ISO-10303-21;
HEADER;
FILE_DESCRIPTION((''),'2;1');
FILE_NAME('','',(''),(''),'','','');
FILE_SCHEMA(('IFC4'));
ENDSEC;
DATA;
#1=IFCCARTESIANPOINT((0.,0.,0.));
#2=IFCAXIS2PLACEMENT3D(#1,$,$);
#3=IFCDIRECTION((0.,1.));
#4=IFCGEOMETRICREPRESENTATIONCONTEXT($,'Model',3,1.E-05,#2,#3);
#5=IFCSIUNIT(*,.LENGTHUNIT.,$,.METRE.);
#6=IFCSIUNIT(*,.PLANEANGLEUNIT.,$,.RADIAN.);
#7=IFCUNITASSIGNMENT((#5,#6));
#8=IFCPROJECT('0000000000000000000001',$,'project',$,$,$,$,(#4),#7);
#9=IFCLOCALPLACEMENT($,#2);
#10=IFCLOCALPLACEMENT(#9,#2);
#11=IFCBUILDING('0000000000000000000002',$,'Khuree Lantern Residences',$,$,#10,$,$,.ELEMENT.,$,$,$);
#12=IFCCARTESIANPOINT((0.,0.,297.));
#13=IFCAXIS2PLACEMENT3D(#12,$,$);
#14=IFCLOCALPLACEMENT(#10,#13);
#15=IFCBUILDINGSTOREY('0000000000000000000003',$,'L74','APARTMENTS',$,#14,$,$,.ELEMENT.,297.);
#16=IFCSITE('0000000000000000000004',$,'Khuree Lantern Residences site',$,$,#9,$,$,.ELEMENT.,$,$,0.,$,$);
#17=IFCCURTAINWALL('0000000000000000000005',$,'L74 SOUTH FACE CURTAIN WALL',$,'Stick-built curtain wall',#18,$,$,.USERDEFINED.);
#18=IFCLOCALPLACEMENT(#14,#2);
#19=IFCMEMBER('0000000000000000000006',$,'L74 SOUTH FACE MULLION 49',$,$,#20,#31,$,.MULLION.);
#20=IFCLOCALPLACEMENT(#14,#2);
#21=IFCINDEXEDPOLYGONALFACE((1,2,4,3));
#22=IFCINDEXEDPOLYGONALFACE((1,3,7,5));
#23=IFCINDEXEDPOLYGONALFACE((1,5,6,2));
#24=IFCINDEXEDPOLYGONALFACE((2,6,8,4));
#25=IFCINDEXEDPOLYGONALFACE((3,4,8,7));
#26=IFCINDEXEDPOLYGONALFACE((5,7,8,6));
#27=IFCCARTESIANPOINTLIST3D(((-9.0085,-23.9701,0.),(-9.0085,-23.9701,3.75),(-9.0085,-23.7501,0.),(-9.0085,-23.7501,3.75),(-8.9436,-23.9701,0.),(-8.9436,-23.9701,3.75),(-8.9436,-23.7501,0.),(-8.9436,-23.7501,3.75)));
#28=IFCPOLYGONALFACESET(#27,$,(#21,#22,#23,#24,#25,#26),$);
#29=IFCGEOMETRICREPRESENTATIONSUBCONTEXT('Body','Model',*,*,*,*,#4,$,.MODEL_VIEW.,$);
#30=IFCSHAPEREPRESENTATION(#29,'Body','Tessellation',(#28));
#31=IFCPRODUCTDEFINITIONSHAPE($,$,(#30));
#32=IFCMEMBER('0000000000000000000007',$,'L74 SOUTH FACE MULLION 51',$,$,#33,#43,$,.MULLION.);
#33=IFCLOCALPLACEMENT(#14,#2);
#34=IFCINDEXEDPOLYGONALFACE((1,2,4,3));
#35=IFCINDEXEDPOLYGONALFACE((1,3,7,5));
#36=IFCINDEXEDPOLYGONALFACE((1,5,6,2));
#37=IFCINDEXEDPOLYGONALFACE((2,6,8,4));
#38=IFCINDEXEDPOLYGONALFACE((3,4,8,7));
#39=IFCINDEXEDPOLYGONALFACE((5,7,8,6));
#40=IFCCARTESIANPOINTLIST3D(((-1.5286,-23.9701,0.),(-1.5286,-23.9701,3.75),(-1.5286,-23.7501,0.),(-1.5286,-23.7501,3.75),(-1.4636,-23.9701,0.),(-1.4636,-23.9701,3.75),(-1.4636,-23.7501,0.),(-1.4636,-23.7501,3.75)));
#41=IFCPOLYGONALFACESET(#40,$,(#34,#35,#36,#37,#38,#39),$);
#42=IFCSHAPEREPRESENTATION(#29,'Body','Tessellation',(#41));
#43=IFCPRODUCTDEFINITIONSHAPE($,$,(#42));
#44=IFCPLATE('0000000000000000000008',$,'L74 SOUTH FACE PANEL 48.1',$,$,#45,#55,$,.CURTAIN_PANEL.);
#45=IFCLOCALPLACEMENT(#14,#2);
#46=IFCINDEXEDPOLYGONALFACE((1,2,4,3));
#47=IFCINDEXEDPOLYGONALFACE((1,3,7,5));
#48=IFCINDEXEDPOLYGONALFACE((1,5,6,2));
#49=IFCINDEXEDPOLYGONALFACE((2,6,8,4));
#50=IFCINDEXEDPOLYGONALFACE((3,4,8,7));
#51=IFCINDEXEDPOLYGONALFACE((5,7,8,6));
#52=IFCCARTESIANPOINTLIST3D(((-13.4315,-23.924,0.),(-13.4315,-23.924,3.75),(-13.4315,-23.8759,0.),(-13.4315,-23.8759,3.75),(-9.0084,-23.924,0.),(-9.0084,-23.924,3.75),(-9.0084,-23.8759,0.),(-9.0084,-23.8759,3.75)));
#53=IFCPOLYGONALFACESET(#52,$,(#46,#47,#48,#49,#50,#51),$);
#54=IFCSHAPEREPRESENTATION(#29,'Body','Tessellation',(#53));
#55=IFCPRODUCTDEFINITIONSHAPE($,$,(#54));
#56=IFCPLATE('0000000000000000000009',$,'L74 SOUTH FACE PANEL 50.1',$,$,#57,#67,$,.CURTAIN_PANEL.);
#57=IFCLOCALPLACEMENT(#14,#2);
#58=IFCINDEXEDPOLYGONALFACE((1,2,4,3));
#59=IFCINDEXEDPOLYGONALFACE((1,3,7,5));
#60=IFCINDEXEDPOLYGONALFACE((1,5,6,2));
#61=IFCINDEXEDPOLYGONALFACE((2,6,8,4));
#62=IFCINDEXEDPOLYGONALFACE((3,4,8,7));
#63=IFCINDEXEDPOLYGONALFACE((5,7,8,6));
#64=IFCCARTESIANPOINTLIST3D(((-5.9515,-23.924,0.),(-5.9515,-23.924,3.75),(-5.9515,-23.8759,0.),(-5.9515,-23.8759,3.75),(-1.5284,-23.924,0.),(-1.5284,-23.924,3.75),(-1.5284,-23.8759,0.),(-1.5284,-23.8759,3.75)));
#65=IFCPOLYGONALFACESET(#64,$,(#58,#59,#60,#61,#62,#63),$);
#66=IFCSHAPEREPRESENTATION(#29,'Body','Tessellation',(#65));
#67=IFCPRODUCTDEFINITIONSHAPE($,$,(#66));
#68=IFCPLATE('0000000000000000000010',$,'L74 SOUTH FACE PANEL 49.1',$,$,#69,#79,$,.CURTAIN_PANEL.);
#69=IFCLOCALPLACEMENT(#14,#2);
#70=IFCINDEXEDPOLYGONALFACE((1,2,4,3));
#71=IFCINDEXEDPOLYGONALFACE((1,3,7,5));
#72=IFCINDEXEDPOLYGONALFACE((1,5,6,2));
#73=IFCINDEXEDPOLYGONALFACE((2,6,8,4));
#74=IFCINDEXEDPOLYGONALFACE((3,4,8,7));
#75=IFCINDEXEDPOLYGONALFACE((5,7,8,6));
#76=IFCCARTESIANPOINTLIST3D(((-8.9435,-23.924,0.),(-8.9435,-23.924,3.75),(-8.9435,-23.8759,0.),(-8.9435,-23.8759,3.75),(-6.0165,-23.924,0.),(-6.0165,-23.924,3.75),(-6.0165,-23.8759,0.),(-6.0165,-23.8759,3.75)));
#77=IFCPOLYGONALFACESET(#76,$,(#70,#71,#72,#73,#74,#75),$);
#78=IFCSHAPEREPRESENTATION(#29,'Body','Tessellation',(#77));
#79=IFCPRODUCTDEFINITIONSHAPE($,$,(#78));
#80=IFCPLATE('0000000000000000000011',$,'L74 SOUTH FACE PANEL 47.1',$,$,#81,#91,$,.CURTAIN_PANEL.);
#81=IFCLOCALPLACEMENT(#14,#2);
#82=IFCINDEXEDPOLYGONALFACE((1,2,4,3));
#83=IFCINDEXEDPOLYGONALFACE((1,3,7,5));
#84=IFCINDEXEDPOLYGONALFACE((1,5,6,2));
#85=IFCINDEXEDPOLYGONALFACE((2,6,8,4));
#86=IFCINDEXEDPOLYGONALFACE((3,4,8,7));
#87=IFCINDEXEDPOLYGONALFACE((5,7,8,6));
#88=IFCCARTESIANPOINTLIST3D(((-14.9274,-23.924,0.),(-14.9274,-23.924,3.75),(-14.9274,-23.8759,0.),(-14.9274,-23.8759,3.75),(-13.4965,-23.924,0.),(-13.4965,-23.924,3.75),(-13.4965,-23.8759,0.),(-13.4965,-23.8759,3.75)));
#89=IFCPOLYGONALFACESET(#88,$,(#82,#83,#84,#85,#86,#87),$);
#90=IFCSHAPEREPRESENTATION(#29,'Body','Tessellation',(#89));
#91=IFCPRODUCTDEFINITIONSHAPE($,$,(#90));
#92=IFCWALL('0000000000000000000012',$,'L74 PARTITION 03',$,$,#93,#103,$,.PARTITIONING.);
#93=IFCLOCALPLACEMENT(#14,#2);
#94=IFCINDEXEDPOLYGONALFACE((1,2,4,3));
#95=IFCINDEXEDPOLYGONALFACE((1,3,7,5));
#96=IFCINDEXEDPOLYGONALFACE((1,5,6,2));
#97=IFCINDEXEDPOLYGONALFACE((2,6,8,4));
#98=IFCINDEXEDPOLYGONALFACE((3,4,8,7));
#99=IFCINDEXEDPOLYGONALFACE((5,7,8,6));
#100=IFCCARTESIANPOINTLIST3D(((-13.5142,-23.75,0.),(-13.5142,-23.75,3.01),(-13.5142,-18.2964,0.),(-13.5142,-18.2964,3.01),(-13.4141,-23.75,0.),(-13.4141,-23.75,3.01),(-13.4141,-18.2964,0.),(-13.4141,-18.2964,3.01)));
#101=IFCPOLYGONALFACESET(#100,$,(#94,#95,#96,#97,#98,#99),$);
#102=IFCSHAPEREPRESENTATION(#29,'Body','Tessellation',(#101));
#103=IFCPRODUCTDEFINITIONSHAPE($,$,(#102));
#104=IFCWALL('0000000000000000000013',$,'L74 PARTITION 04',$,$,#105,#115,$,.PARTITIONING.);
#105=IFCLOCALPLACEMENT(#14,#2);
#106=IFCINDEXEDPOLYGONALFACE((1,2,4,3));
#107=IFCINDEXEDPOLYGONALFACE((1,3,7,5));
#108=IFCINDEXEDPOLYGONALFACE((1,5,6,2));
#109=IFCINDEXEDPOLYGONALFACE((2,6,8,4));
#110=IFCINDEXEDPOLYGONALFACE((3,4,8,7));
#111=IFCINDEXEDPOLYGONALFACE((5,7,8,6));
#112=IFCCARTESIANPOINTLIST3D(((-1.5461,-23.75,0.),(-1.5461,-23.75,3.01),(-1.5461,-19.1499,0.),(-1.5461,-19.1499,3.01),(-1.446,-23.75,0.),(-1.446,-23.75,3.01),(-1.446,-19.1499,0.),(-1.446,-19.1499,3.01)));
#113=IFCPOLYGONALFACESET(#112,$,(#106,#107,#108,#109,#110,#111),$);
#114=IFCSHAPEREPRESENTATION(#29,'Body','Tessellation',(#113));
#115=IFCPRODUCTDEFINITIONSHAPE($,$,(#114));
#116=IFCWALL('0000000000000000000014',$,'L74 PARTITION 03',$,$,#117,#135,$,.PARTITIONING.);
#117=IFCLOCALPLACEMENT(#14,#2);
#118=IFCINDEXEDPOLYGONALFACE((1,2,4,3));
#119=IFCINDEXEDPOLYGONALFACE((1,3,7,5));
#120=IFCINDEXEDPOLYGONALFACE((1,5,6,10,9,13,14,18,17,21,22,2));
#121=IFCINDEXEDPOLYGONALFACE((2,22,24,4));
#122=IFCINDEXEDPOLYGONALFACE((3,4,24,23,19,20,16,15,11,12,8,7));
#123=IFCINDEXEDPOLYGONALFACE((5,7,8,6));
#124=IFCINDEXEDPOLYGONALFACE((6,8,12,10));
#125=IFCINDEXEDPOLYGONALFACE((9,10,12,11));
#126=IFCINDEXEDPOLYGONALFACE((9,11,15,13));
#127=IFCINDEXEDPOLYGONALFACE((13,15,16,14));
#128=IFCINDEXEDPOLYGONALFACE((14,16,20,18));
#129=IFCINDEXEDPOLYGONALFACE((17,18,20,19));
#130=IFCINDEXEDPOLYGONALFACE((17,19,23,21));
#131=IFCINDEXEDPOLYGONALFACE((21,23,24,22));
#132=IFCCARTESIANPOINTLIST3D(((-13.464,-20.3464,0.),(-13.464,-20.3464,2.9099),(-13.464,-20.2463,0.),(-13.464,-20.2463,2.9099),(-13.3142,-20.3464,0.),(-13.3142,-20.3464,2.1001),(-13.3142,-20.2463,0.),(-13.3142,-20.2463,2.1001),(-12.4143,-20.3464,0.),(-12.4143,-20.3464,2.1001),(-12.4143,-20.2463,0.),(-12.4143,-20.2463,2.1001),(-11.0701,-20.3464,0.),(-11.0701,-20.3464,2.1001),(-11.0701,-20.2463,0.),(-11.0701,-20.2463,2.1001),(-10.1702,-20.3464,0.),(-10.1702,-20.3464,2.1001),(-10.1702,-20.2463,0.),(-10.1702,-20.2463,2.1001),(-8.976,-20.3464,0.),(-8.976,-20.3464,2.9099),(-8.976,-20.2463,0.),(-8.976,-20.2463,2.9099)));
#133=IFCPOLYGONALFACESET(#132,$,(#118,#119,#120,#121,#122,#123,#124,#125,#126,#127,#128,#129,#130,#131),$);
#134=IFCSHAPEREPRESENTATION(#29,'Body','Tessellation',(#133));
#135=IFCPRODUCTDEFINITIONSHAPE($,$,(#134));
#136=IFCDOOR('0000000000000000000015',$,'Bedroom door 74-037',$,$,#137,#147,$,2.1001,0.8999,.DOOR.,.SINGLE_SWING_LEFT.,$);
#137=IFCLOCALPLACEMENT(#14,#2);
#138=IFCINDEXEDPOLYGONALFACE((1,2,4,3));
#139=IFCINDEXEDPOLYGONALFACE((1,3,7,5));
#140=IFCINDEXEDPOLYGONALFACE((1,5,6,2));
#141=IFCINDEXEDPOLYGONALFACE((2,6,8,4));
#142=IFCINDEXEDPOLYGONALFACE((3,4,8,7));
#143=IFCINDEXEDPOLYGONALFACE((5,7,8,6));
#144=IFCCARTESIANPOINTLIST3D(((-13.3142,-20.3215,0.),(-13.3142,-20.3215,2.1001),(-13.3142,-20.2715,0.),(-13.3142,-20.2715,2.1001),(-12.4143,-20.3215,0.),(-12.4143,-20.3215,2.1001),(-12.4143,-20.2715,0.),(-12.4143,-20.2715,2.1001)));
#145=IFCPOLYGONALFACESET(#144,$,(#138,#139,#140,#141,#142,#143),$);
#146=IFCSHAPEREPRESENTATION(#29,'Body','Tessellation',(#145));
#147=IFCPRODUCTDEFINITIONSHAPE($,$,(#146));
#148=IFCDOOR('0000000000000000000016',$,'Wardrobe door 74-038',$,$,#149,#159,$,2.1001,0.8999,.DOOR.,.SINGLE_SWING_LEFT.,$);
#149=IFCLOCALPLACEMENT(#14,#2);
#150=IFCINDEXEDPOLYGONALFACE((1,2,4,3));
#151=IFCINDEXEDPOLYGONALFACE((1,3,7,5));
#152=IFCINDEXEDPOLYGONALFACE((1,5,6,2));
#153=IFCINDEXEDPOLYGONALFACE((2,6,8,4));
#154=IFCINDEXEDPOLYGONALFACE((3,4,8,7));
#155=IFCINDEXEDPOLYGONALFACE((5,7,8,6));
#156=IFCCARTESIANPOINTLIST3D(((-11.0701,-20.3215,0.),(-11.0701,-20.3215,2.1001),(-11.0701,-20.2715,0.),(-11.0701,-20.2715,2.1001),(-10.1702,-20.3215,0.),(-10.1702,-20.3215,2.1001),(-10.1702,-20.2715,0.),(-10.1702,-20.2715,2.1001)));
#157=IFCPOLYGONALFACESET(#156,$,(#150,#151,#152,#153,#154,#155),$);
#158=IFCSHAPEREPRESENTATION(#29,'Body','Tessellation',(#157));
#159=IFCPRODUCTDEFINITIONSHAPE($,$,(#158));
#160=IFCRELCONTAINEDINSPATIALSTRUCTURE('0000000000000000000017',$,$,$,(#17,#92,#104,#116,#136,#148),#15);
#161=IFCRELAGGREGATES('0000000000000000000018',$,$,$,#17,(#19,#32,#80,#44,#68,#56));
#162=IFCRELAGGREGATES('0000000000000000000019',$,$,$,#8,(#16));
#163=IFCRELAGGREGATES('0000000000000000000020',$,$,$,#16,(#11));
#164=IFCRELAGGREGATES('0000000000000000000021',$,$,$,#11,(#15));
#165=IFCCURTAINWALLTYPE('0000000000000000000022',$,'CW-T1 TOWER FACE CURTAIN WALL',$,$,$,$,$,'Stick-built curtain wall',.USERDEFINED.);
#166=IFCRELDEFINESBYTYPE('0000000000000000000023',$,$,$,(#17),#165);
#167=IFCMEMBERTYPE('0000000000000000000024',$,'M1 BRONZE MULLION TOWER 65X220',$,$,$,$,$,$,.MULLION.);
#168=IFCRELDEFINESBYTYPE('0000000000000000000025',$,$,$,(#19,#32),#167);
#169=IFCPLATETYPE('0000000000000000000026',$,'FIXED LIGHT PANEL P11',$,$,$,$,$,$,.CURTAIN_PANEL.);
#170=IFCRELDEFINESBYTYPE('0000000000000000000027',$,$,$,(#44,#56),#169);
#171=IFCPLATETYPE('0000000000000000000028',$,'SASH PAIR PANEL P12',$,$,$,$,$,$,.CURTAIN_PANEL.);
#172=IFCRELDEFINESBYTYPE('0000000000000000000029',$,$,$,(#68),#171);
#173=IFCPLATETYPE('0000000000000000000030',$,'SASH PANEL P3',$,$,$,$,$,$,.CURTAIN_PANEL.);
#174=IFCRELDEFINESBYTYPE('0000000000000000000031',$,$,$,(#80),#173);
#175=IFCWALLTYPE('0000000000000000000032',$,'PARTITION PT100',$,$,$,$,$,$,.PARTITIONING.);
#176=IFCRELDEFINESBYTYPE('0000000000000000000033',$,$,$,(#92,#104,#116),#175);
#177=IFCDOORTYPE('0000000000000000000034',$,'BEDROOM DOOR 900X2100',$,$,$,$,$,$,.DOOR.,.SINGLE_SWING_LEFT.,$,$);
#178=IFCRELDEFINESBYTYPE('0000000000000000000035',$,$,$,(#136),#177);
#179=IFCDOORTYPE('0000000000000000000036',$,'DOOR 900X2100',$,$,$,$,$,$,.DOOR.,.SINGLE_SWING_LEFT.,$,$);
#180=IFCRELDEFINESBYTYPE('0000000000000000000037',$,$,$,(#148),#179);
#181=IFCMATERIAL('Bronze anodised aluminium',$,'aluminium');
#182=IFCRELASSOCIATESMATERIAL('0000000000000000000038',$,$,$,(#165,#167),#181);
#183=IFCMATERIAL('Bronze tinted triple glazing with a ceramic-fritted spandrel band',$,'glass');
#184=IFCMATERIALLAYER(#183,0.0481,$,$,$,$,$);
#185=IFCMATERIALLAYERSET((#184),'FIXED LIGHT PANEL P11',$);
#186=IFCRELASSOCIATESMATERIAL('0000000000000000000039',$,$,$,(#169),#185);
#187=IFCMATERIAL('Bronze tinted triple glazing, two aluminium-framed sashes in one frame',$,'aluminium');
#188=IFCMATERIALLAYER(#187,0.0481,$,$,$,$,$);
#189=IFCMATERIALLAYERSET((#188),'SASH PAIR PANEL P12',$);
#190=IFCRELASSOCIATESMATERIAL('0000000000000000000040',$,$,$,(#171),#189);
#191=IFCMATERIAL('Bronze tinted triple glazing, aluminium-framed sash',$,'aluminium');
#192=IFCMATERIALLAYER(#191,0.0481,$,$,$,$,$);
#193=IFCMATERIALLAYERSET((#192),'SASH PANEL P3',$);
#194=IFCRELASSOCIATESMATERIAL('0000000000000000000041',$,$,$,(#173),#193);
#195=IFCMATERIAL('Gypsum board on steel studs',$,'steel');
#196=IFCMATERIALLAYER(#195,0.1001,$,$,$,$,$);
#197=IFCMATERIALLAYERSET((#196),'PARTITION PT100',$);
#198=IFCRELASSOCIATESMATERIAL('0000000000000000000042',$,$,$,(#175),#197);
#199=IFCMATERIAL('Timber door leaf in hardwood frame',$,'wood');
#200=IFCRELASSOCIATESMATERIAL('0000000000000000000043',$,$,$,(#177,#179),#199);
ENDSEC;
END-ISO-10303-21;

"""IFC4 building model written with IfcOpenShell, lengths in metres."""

from ifc_helpers import new_model, si_unit, direction, frame, frame_2d, origin, origin_2d, place, context, subcontext, project, spatial, rectangle, extrude, material, layer, layer_set, material_profile, profile_set, type_object, element, fill, aggregate, save


model = new_model("IFC4")

# Units and contexts
model_context = context("Model", 3, precision=1e-05, world=origin(), true_north=direction((0.0, 1.0)))
body_context = subcontext(model_context, "Body", "Model", "MODEL_VIEW")
ifc_project = project(units=[si_unit("LENGTHUNIT", "METRE"), si_unit("PLANEANGLEUNIT", "RADIAN")], contexts=[model_context])

# Site, building, storey
site_placement = place(None, origin())
site = spatial("IfcSite", under=ifc_project, at=site_placement, Name="Khuree Lantern Residences site", CompositionType="ELEMENT", RefElevation=0.0)
building_placement = place(site_placement, origin())
building = spatial("IfcBuilding", under=site, at=building_placement, Name="Khuree Lantern Residences", CompositionType="ELEMENT")
storey_placement = place(building_placement, frame((0.0, 0.0, 297.0)))
storey = spatial("IfcBuildingStorey", under=building, at=storey_placement, Name="L74", Description="APARTMENTS", CompositionType="ELEMENT", Elevation=297.0)

# Curtain wall
ifc_material_1 = material(Name="Bronze anodised aluminium", Category="aluminium")
curtain_wall_type = type_object("IfcCurtainWallType", Name="CW-T1 TOWER FACE CURTAIN WALL", ElementType="Stick-built curtain wall", PredefinedType="USERDEFINED", material=ifc_material_1)
curtain_wall_placement = place(storey_placement, origin())
curtain_wall = element("IfcCurtainWall", 1, at=curtain_wall_placement, inside=storey, type_object=curtain_wall_type, Name="L74 SOUTH FACE CURTAIN WALL", ObjectType="Stick-built curtain wall", PredefinedType="USERDEFINED")

# Members
ifc_material_profile_1 = material_profile(ifc_material_1, rectangle(XDim=0.0649, YDim=0.22, at=origin_2d()), Name="M1 65X220")
ifc_profile_set_1 = profile_set([ifc_material_profile_1], Name="Bronze anodised aluminium")
member_type_1 = type_object("IfcMemberType", Name="M1 BRONZE MULLION TOWER 65X220", PredefinedType="MULLION", material=ifc_profile_set_1)
member_1_placement = place(storey_placement, frame((-8.9761, -23.8601, 0.0), z_axis=(0.0, 0.0, 1.0), x_axis=(1.0, 0.0, 0.0)))
member_1 = element("IfcMember", 2, at=member_1_placement, type_object=member_type_1, Name="L74 SOUTH FACE MULLION 49", PredefinedType="MULLION", context=body_context, shape_type="SweptSolid", body=[
    extrude(rectangle(XDim=0.0649, YDim=0.22, at=origin_2d()), origin(), (0.0, 0.0, 1.0), 3.75),
])
member_2_placement = place(storey_placement, frame((-1.4961, -23.8601, 0.0), z_axis=(0.0, 0.0, 1.0), x_axis=(1.0, 0.0, 0.0)))
member_2 = element("IfcMember", 3, at=member_2_placement, type_object=member_type_1, Name="L74 SOUTH FACE MULLION 51", PredefinedType="MULLION", context=body_context, shape_type="SweptSolid", body=[
    extrude(rectangle(XDim=0.0649, YDim=0.22, at=origin_2d()), origin(), (0.0, 0.0, 1.0), 3.75),
])

# Plates
ifc_material_2 = material(Name="Bronze tinted triple glazing with a ceramic-fritted spandrel band", Category="glass")
ifc_layer_1 = layer(ifc_material_2, 0.0481)
ifc_layer_set_1 = layer_set([ifc_layer_1], Name="FIXED LIGHT PANEL P11")
plate_type_1 = type_object("IfcPlateType", Name="FIXED LIGHT PANEL P11", PredefinedType="CURTAIN_PANEL", material=ifc_layer_set_1)
plate_1_placement = place(storey_placement, frame((-11.22, -23.8999, 0.0), z_axis=(0.0, 0.0, 1.0), x_axis=(1.0, 0.0, 0.0)))
plate_1 = element("IfcPlate", 4, at=plate_1_placement, type_object=plate_type_1, Name="L74 SOUTH FACE PANEL 48.1", PredefinedType="CURTAIN_PANEL", context=body_context, shape_type="SweptSolid", body=[
    extrude(rectangle(XDim=4.4231, YDim=0.0481, at=origin_2d()), origin(), (0.0, 0.0, 1.0), 3.75),
])
plate_2_placement = place(storey_placement, frame((-3.74, -23.8999, 0.0), z_axis=(0.0, 0.0, 1.0), x_axis=(1.0, 0.0, 0.0)))
plate_2 = element("IfcPlate", 5, at=plate_2_placement, type_object=plate_type_1, Name="L74 SOUTH FACE PANEL 50.1", PredefinedType="CURTAIN_PANEL", context=body_context, shape_type="SweptSolid", body=[
    extrude(rectangle(XDim=4.4231, YDim=0.0481, at=origin_2d()), origin(), (0.0, 0.0, 1.0), 3.75),
])
ifc_material_3 = material(Name="Bronze tinted triple glazing, two aluminium-framed sashes in one frame", Category="aluminium")
ifc_layer_2 = layer(ifc_material_3, 0.0481)
ifc_layer_set_2 = layer_set([ifc_layer_2], Name="SASH PAIR PANEL P12")
plate_type_2 = type_object("IfcPlateType", Name="SASH PAIR PANEL P12", PredefinedType="CURTAIN_PANEL", material=ifc_layer_set_2)
plate_3_placement = place(storey_placement, frame((-7.48, -23.8999, 0.0), z_axis=(0.0, 0.0, 1.0), x_axis=(1.0, 0.0, 0.0)))
plate_3 = element("IfcPlate", 6, at=plate_3_placement, type_object=plate_type_2, Name="L74 SOUTH FACE PANEL 49.1", PredefinedType="CURTAIN_PANEL", context=body_context, shape_type="SweptSolid", body=[
    extrude(rectangle(XDim=2.927, YDim=0.0481, at=origin_2d()), origin(), (0.0, 0.0, 1.0), 3.75),
])
ifc_material_4 = material(Name="Bronze tinted triple glazing, aluminium-framed sash", Category="aluminium")
ifc_layer_3 = layer(ifc_material_4, 0.0481)
ifc_layer_set_3 = layer_set([ifc_layer_3], Name="SASH PANEL P3")
plate_type_3 = type_object("IfcPlateType", Name="SASH PANEL P3", PredefinedType="CURTAIN_PANEL", material=ifc_layer_set_3)
plate_4_placement = place(storey_placement, frame((-14.2119, -23.8999, 0.0), z_axis=(0.0, 0.0, 1.0), x_axis=(1.0, 0.0, 0.0)))
plate_4 = element("IfcPlate", 7, at=plate_4_placement, type_object=plate_type_3, Name="L74 SOUTH FACE PANEL 47.1", PredefinedType="CURTAIN_PANEL", context=body_context, shape_type="SweptSolid", body=[
    extrude(rectangle(XDim=1.4309, YDim=0.0481, at=origin_2d()), origin(), (0.0, 0.0, 1.0), 3.75),
])
aggregate(curtain_wall, [member_1, member_2, plate_4, plate_1, plate_3, plate_2])

# Walls
ifc_material_5 = material(Name="Gypsum board on steel studs", Category="steel")
ifc_layer_4 = layer(ifc_material_5, 0.1001)
ifc_layer_set_4 = layer_set([ifc_layer_4], Name="PARTITION PT100")
wall_type = type_object("IfcWallType", Name="PARTITION PT100", PredefinedType="PARTITIONING", material=ifc_layer_set_4)
wall_1_placement = place(storey_placement, frame((-13.4641, -18.2964, 0.0), z_axis=(0.0, 0.0, 1.0), x_axis=(0.0, -1.0, 0.0)))
element("IfcWall", 8, at=wall_1_placement, inside=storey, type_object=wall_type, Name="L74 PARTITION 03", PredefinedType="PARTITIONING", context=body_context, shape_type="SweptSolid", body=[
    extrude(rectangle(XDim=5.4536, YDim=0.1001, at=frame_2d((2.7268, 0.0))), origin(), (0.0, 0.0, 1.0), 3.01),
])
wall_2_placement = place(storey_placement, frame((-1.4961, -19.1499, 0.0), z_axis=(0.0, 0.0, 1.0), x_axis=(0.0, -1.0, 0.0)))
element("IfcWall", 9, at=wall_2_placement, inside=storey, type_object=wall_type, Name="L74 PARTITION 04", PredefinedType="PARTITIONING", context=body_context, shape_type="SweptSolid", body=[
    extrude(rectangle(XDim=4.6001, YDim=0.1001, at=frame_2d((2.3, 0.0))), origin(), (0.0, 0.0, 1.0), 3.01),
])

# Wall, openings, doors
wall_3_placement = place(storey_placement, frame((-13.4641, -20.2964, 0.0), z_axis=(0.0, 0.0, 1.0), x_axis=(1.0, 0.0, 0.0)))
wall_3 = element("IfcWall", 10, at=wall_3_placement, inside=storey, type_object=wall_type, Name="L74 PARTITION 03", PredefinedType="PARTITIONING", context=body_context, shape_type="SweptSolid", body=[
    extrude(rectangle(XDim=4.488, YDim=0.1001, at=frame_2d((2.2441, 0.0))), origin(), (0.0, 0.0, 1.0), 2.9099),
])
opening_1_placement = place(wall_3_placement, frame((0.1499, 0.0, 0.0)))
opening_1 = element("IfcOpeningElement", 11, at=opening_1_placement, cuts=wall_3, PredefinedType="OPENING", context=body_context, shape_type="SweptSolid", body=[
    extrude(rectangle(XDim=0.8999, YDim=2.1001, at=frame_2d((0.45, 1.05))), frame((0.0, 0.0601, 0.0), z_axis=(0.0, -1.0, 0.0), x_axis=(1.0, 0.0, 0.0)), (0.0, 0.0, 1.0), 0.1201),
])
opening_2_placement = place(wall_3_placement, frame((2.394, 0.0, 0.0)))
opening_2 = element("IfcOpeningElement", 12, at=opening_2_placement, cuts=wall_3, PredefinedType="OPENING", context=body_context, shape_type="SweptSolid", body=[
    extrude(rectangle(XDim=0.8999, YDim=2.1001, at=frame_2d((0.45, 1.05))), frame((0.0, 0.0601, 0.0), z_axis=(0.0, -1.0, 0.0), x_axis=(1.0, 0.0, 0.0)), (0.0, 0.0, 1.0), 0.1201),
])
ifc_material_6 = material(Name="Timber door leaf in hardwood frame", Category="wood")
door_type_1 = type_object("IfcDoorType", Name="BEDROOM DOOR 900X2100", OperationType="SINGLE_SWING_LEFT", PredefinedType="DOOR", material=ifc_material_6)
door_1_placement = place(opening_1_placement, origin())
door_1 = element("IfcDoor", 13, at=door_1_placement, inside=storey, type_object=door_type_1, Name="Bedroom door 74-037", OperationType="SINGLE_SWING_LEFT", OverallHeight=2.1001, OverallWidth=0.8999, PredefinedType="DOOR", context=body_context, shape_type="SweptSolid", body=[
    extrude(rectangle(XDim=0.8999, YDim=2.1001, at=frame_2d((0.45, 1.05))), frame((0.0, 0.0249, 0.0), z_axis=(0.0, -1.0, 0.0), x_axis=(1.0, 0.0, 0.0)), (0.0, 0.0, 1.0), 0.05),
])
fill(opening_1, door_1)
door_type_2 = type_object("IfcDoorType", Name="DOOR 900X2100", OperationType="SINGLE_SWING_LEFT", PredefinedType="DOOR", material=ifc_material_6)
door_2_placement = place(opening_2_placement, origin())
door_2 = element("IfcDoor", 14, at=door_2_placement, inside=storey, type_object=door_type_2, Name="Wardrobe door 74-038", OperationType="SINGLE_SWING_LEFT", OverallHeight=2.1001, OverallWidth=0.8999, PredefinedType="DOOR", context=body_context, shape_type="SweptSolid", body=[
    extrude(rectangle(XDim=0.8999, YDim=2.1001, at=frame_2d((0.45, 1.05))), frame((0.0, 0.0249, 0.0), z_axis=(0.0, -1.0, 0.0), x_axis=(1.0, 0.0, 0.0)), (0.0, 0.0, 1.0), 0.05),
])
fill(opening_2, door_2)

save(model, "model.ifc")
